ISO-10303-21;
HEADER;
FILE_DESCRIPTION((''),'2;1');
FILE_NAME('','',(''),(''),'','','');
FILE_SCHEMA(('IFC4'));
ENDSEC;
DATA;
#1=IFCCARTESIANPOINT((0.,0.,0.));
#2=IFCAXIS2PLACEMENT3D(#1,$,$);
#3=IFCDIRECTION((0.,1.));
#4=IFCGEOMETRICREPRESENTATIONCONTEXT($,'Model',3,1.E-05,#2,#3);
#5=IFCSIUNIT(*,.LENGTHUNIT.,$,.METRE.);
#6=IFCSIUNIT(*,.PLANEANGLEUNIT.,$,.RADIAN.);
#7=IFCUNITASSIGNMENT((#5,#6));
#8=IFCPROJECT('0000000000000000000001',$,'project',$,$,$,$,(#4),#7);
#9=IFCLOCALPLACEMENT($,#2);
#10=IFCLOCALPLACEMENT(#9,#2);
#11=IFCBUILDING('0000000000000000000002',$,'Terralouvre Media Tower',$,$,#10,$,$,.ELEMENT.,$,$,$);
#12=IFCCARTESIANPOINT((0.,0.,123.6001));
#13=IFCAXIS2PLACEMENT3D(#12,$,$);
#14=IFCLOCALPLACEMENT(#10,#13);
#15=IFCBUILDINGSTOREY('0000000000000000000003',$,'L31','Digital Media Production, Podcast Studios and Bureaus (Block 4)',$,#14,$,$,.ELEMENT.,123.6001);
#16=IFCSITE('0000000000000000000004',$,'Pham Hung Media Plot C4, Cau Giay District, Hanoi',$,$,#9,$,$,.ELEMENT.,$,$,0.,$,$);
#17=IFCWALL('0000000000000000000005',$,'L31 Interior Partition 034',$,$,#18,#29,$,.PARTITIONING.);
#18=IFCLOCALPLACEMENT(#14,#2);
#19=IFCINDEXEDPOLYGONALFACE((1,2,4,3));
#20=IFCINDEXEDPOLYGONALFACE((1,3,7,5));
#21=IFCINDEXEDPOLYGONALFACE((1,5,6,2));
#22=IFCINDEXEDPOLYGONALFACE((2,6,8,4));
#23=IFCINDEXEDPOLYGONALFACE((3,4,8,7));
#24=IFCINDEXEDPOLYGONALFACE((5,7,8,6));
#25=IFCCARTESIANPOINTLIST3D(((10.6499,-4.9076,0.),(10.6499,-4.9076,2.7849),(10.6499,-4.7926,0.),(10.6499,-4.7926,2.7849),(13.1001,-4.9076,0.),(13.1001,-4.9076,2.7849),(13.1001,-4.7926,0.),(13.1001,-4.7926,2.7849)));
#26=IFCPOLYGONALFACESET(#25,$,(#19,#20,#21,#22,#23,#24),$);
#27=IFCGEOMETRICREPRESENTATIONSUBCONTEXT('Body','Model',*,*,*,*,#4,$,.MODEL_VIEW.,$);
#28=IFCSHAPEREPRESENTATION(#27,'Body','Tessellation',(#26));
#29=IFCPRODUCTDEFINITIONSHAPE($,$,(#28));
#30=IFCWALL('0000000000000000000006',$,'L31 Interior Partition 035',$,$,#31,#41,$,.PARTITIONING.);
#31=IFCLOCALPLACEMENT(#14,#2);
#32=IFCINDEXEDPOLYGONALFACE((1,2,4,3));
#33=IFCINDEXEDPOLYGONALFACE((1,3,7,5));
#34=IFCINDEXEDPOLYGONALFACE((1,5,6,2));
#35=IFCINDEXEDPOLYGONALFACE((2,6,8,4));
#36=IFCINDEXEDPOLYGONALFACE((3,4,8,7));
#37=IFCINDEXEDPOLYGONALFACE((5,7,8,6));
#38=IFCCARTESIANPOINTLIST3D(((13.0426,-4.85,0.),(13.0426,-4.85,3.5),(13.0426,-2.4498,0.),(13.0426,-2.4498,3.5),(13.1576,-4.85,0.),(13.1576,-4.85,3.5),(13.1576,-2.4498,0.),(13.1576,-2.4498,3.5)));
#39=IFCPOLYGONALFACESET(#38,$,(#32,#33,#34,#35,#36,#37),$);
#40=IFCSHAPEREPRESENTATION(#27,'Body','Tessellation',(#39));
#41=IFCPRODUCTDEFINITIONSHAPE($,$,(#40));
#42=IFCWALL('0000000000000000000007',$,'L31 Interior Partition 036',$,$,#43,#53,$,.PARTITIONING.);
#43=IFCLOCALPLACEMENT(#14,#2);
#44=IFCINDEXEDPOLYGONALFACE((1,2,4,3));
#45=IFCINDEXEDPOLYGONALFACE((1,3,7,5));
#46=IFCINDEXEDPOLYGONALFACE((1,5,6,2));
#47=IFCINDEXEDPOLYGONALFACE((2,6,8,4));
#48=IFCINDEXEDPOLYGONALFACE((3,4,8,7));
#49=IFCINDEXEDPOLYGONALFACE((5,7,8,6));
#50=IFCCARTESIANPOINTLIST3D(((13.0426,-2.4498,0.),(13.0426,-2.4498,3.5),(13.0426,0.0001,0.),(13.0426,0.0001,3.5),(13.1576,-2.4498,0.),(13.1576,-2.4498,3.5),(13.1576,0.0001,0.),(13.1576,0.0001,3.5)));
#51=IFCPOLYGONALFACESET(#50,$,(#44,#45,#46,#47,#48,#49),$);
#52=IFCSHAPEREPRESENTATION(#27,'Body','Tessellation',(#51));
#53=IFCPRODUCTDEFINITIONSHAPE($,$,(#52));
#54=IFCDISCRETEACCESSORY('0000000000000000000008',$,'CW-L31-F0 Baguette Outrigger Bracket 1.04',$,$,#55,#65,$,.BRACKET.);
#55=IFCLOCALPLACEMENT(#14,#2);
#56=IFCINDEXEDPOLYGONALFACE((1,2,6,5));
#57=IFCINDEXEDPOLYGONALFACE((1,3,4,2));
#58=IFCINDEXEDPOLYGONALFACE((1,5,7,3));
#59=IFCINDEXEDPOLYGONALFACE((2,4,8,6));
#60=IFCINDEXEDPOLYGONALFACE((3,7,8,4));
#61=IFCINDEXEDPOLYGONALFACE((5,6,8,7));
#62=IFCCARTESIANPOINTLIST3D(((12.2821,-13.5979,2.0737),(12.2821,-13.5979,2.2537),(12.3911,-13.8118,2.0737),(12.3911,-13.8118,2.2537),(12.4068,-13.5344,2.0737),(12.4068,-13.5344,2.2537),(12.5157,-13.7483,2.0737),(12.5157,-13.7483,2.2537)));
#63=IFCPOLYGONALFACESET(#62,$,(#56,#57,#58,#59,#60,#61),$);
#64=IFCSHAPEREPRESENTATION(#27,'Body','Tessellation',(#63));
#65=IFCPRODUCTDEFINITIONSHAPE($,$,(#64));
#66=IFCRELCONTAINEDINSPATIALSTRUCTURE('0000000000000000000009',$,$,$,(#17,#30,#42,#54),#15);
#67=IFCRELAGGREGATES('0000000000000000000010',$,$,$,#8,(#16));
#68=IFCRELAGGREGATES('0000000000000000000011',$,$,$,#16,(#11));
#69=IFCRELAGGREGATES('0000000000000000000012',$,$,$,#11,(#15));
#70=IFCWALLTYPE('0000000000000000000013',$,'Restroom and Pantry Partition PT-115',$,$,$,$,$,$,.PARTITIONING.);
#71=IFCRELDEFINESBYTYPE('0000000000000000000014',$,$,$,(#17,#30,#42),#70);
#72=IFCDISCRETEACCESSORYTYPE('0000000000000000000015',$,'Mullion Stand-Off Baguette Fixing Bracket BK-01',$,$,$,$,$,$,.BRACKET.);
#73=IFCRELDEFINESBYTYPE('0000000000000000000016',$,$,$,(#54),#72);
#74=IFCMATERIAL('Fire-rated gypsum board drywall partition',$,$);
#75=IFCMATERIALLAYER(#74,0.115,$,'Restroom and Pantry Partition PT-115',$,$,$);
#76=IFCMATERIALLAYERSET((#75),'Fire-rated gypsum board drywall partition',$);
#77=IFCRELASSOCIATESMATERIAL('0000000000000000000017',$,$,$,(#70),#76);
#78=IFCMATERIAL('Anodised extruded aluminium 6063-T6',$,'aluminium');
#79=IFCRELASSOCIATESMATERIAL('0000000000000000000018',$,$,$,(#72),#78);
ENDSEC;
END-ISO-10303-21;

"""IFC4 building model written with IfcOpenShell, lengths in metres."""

from ifc_helpers import new_model, si_unit, direction, frame, frame_2d, origin, origin_2d, place, context, subcontext, project, spatial, rectangle, extrude, material, layer, layer_set, type_object, element, save


model = new_model("IFC4")

# Units and contexts
model_context = context("Model", 3, precision=1e-05, world=origin(), true_north=direction((0.0, 1.0)))
body_context = subcontext(model_context, "Body", "Model", "MODEL_VIEW")
ifc_project = project(units=[si_unit("LENGTHUNIT", "METRE"), si_unit("PLANEANGLEUNIT", "RADIAN")], contexts=[model_context])

# Site, building, storey
site_placement = place(None, origin())
site = spatial("IfcSite", under=ifc_project, at=site_placement, Name="Pham Hung Media Plot C4, Cau Giay District, Hanoi", CompositionType="ELEMENT", RefElevation=0.0)
building_placement = place(site_placement, origin())
building = spatial("IfcBuilding", under=site, at=building_placement, Name="Terralouvre Media Tower", CompositionType="ELEMENT")
storey_placement = place(building_placement, frame((0.0, 0.0, 123.6001)))
storey = spatial("IfcBuildingStorey", under=building, at=storey_placement, Name="L31", Description="Digital Media Production, Podcast Studios and Bureaus (Block 4)", CompositionType="ELEMENT", Elevation=123.6001)

# Shared definitions
ifc_material_1 = material(Name="Fire-rated gypsum board drywall partition")
ifc_layer_1 = layer(ifc_material_1, 0.115, Name="Restroom and Pantry Partition PT-115")
ifc_layer_set_1 = layer_set([ifc_layer_1], Name="Fire-rated gypsum board drywall partition")
wall_type_1 = type_object("IfcWallType", Name="Restroom and Pantry Partition PT-115", PredefinedType="PARTITIONING", material=ifc_layer_set_1)

# Walls
for number, where, z_axis, x_axis, name in (
    (1, (10.6499, -4.8501, 0.0), (0.0, 0.0, 1.0), (1.0, 0.0, 0.0), "L31 Interior Partition 034"),
):
    element("IfcWall", number, at=place(storey_placement, frame(where, z_axis=z_axis, x_axis=x_axis)), inside=storey, type_object=wall_type_1, Name=name, PredefinedType="PARTITIONING", context=body_context, shape_type="SweptSolid", body=[
        extrude(rectangle(XDim=2.4502, YDim=0.115, at=frame_2d((1.2251, 0.0))), origin(), (0.0, 0.0, 1.0), 2.7849),
    ])
wall_1_placement = place(storey_placement, frame((13.1001, -4.8501, 0.0), z_axis=(0.0, 0.0, 1.0), x_axis=(0.0, 1.0, 0.0)))
element("IfcWall", 2, at=wall_1_placement, inside=storey, type_object=wall_type_1, Name="L31 Interior Partition 035", PredefinedType="PARTITIONING", context=body_context, shape_type="SweptSolid", body=[
    extrude(rectangle(XDim=2.4001, YDim=0.115, at=frame_2d((1.2002, 0.0))), origin(), (0.0, 0.0, 1.0), 3.5),
])
wall_2_placement = place(storey_placement, frame((13.1001, -2.45, 0.0), z_axis=(0.0, 0.0, 1.0), x_axis=(0.0, 1.0, 0.0)))
element("IfcWall", 3, at=wall_2_placement, inside=storey, type_object=wall_type_1, Name="L31 Interior Partition 036", PredefinedType="PARTITIONING", context=body_context, shape_type="SweptSolid", body=[
    extrude(rectangle(XDim=2.45, YDim=0.115, at=frame_2d((1.2251, 0.0))), origin(), (0.0, 0.0, 1.0), 3.5),
])

# Discrete accessory
ifc_material_2 = material(Name="Anodised extruded aluminium 6063-T6", Category="aluminium")
discrete_accessory_type = type_object("IfcDiscreteAccessoryType", Name="Mullion Stand-Off Baguette Fixing Bracket BK-01", PredefinedType="BRACKET", material=ifc_material_2)
discrete_accessory_placement = place(storey_placement, frame((12.3989, -13.6731, 2.0737), z_axis=(0.0, 0.0, 1.0), x_axis=(0.891007, 0.453991, 0.0)))
element("IfcDiscreteAccessory", 4, at=discrete_accessory_placement, inside=storey, type_object=discrete_accessory_type, Name="CW-L31-F0 Baguette Outrigger Bracket 1.04", PredefinedType="BRACKET", context=body_context, shape_type="SweptSolid", body=[
    extrude(rectangle(XDim=0.1399, YDim=0.24, at=origin_2d()), origin(), (0.0, 0.0, 1.0), 0.1799),
])

save(model, "model.ifc")
